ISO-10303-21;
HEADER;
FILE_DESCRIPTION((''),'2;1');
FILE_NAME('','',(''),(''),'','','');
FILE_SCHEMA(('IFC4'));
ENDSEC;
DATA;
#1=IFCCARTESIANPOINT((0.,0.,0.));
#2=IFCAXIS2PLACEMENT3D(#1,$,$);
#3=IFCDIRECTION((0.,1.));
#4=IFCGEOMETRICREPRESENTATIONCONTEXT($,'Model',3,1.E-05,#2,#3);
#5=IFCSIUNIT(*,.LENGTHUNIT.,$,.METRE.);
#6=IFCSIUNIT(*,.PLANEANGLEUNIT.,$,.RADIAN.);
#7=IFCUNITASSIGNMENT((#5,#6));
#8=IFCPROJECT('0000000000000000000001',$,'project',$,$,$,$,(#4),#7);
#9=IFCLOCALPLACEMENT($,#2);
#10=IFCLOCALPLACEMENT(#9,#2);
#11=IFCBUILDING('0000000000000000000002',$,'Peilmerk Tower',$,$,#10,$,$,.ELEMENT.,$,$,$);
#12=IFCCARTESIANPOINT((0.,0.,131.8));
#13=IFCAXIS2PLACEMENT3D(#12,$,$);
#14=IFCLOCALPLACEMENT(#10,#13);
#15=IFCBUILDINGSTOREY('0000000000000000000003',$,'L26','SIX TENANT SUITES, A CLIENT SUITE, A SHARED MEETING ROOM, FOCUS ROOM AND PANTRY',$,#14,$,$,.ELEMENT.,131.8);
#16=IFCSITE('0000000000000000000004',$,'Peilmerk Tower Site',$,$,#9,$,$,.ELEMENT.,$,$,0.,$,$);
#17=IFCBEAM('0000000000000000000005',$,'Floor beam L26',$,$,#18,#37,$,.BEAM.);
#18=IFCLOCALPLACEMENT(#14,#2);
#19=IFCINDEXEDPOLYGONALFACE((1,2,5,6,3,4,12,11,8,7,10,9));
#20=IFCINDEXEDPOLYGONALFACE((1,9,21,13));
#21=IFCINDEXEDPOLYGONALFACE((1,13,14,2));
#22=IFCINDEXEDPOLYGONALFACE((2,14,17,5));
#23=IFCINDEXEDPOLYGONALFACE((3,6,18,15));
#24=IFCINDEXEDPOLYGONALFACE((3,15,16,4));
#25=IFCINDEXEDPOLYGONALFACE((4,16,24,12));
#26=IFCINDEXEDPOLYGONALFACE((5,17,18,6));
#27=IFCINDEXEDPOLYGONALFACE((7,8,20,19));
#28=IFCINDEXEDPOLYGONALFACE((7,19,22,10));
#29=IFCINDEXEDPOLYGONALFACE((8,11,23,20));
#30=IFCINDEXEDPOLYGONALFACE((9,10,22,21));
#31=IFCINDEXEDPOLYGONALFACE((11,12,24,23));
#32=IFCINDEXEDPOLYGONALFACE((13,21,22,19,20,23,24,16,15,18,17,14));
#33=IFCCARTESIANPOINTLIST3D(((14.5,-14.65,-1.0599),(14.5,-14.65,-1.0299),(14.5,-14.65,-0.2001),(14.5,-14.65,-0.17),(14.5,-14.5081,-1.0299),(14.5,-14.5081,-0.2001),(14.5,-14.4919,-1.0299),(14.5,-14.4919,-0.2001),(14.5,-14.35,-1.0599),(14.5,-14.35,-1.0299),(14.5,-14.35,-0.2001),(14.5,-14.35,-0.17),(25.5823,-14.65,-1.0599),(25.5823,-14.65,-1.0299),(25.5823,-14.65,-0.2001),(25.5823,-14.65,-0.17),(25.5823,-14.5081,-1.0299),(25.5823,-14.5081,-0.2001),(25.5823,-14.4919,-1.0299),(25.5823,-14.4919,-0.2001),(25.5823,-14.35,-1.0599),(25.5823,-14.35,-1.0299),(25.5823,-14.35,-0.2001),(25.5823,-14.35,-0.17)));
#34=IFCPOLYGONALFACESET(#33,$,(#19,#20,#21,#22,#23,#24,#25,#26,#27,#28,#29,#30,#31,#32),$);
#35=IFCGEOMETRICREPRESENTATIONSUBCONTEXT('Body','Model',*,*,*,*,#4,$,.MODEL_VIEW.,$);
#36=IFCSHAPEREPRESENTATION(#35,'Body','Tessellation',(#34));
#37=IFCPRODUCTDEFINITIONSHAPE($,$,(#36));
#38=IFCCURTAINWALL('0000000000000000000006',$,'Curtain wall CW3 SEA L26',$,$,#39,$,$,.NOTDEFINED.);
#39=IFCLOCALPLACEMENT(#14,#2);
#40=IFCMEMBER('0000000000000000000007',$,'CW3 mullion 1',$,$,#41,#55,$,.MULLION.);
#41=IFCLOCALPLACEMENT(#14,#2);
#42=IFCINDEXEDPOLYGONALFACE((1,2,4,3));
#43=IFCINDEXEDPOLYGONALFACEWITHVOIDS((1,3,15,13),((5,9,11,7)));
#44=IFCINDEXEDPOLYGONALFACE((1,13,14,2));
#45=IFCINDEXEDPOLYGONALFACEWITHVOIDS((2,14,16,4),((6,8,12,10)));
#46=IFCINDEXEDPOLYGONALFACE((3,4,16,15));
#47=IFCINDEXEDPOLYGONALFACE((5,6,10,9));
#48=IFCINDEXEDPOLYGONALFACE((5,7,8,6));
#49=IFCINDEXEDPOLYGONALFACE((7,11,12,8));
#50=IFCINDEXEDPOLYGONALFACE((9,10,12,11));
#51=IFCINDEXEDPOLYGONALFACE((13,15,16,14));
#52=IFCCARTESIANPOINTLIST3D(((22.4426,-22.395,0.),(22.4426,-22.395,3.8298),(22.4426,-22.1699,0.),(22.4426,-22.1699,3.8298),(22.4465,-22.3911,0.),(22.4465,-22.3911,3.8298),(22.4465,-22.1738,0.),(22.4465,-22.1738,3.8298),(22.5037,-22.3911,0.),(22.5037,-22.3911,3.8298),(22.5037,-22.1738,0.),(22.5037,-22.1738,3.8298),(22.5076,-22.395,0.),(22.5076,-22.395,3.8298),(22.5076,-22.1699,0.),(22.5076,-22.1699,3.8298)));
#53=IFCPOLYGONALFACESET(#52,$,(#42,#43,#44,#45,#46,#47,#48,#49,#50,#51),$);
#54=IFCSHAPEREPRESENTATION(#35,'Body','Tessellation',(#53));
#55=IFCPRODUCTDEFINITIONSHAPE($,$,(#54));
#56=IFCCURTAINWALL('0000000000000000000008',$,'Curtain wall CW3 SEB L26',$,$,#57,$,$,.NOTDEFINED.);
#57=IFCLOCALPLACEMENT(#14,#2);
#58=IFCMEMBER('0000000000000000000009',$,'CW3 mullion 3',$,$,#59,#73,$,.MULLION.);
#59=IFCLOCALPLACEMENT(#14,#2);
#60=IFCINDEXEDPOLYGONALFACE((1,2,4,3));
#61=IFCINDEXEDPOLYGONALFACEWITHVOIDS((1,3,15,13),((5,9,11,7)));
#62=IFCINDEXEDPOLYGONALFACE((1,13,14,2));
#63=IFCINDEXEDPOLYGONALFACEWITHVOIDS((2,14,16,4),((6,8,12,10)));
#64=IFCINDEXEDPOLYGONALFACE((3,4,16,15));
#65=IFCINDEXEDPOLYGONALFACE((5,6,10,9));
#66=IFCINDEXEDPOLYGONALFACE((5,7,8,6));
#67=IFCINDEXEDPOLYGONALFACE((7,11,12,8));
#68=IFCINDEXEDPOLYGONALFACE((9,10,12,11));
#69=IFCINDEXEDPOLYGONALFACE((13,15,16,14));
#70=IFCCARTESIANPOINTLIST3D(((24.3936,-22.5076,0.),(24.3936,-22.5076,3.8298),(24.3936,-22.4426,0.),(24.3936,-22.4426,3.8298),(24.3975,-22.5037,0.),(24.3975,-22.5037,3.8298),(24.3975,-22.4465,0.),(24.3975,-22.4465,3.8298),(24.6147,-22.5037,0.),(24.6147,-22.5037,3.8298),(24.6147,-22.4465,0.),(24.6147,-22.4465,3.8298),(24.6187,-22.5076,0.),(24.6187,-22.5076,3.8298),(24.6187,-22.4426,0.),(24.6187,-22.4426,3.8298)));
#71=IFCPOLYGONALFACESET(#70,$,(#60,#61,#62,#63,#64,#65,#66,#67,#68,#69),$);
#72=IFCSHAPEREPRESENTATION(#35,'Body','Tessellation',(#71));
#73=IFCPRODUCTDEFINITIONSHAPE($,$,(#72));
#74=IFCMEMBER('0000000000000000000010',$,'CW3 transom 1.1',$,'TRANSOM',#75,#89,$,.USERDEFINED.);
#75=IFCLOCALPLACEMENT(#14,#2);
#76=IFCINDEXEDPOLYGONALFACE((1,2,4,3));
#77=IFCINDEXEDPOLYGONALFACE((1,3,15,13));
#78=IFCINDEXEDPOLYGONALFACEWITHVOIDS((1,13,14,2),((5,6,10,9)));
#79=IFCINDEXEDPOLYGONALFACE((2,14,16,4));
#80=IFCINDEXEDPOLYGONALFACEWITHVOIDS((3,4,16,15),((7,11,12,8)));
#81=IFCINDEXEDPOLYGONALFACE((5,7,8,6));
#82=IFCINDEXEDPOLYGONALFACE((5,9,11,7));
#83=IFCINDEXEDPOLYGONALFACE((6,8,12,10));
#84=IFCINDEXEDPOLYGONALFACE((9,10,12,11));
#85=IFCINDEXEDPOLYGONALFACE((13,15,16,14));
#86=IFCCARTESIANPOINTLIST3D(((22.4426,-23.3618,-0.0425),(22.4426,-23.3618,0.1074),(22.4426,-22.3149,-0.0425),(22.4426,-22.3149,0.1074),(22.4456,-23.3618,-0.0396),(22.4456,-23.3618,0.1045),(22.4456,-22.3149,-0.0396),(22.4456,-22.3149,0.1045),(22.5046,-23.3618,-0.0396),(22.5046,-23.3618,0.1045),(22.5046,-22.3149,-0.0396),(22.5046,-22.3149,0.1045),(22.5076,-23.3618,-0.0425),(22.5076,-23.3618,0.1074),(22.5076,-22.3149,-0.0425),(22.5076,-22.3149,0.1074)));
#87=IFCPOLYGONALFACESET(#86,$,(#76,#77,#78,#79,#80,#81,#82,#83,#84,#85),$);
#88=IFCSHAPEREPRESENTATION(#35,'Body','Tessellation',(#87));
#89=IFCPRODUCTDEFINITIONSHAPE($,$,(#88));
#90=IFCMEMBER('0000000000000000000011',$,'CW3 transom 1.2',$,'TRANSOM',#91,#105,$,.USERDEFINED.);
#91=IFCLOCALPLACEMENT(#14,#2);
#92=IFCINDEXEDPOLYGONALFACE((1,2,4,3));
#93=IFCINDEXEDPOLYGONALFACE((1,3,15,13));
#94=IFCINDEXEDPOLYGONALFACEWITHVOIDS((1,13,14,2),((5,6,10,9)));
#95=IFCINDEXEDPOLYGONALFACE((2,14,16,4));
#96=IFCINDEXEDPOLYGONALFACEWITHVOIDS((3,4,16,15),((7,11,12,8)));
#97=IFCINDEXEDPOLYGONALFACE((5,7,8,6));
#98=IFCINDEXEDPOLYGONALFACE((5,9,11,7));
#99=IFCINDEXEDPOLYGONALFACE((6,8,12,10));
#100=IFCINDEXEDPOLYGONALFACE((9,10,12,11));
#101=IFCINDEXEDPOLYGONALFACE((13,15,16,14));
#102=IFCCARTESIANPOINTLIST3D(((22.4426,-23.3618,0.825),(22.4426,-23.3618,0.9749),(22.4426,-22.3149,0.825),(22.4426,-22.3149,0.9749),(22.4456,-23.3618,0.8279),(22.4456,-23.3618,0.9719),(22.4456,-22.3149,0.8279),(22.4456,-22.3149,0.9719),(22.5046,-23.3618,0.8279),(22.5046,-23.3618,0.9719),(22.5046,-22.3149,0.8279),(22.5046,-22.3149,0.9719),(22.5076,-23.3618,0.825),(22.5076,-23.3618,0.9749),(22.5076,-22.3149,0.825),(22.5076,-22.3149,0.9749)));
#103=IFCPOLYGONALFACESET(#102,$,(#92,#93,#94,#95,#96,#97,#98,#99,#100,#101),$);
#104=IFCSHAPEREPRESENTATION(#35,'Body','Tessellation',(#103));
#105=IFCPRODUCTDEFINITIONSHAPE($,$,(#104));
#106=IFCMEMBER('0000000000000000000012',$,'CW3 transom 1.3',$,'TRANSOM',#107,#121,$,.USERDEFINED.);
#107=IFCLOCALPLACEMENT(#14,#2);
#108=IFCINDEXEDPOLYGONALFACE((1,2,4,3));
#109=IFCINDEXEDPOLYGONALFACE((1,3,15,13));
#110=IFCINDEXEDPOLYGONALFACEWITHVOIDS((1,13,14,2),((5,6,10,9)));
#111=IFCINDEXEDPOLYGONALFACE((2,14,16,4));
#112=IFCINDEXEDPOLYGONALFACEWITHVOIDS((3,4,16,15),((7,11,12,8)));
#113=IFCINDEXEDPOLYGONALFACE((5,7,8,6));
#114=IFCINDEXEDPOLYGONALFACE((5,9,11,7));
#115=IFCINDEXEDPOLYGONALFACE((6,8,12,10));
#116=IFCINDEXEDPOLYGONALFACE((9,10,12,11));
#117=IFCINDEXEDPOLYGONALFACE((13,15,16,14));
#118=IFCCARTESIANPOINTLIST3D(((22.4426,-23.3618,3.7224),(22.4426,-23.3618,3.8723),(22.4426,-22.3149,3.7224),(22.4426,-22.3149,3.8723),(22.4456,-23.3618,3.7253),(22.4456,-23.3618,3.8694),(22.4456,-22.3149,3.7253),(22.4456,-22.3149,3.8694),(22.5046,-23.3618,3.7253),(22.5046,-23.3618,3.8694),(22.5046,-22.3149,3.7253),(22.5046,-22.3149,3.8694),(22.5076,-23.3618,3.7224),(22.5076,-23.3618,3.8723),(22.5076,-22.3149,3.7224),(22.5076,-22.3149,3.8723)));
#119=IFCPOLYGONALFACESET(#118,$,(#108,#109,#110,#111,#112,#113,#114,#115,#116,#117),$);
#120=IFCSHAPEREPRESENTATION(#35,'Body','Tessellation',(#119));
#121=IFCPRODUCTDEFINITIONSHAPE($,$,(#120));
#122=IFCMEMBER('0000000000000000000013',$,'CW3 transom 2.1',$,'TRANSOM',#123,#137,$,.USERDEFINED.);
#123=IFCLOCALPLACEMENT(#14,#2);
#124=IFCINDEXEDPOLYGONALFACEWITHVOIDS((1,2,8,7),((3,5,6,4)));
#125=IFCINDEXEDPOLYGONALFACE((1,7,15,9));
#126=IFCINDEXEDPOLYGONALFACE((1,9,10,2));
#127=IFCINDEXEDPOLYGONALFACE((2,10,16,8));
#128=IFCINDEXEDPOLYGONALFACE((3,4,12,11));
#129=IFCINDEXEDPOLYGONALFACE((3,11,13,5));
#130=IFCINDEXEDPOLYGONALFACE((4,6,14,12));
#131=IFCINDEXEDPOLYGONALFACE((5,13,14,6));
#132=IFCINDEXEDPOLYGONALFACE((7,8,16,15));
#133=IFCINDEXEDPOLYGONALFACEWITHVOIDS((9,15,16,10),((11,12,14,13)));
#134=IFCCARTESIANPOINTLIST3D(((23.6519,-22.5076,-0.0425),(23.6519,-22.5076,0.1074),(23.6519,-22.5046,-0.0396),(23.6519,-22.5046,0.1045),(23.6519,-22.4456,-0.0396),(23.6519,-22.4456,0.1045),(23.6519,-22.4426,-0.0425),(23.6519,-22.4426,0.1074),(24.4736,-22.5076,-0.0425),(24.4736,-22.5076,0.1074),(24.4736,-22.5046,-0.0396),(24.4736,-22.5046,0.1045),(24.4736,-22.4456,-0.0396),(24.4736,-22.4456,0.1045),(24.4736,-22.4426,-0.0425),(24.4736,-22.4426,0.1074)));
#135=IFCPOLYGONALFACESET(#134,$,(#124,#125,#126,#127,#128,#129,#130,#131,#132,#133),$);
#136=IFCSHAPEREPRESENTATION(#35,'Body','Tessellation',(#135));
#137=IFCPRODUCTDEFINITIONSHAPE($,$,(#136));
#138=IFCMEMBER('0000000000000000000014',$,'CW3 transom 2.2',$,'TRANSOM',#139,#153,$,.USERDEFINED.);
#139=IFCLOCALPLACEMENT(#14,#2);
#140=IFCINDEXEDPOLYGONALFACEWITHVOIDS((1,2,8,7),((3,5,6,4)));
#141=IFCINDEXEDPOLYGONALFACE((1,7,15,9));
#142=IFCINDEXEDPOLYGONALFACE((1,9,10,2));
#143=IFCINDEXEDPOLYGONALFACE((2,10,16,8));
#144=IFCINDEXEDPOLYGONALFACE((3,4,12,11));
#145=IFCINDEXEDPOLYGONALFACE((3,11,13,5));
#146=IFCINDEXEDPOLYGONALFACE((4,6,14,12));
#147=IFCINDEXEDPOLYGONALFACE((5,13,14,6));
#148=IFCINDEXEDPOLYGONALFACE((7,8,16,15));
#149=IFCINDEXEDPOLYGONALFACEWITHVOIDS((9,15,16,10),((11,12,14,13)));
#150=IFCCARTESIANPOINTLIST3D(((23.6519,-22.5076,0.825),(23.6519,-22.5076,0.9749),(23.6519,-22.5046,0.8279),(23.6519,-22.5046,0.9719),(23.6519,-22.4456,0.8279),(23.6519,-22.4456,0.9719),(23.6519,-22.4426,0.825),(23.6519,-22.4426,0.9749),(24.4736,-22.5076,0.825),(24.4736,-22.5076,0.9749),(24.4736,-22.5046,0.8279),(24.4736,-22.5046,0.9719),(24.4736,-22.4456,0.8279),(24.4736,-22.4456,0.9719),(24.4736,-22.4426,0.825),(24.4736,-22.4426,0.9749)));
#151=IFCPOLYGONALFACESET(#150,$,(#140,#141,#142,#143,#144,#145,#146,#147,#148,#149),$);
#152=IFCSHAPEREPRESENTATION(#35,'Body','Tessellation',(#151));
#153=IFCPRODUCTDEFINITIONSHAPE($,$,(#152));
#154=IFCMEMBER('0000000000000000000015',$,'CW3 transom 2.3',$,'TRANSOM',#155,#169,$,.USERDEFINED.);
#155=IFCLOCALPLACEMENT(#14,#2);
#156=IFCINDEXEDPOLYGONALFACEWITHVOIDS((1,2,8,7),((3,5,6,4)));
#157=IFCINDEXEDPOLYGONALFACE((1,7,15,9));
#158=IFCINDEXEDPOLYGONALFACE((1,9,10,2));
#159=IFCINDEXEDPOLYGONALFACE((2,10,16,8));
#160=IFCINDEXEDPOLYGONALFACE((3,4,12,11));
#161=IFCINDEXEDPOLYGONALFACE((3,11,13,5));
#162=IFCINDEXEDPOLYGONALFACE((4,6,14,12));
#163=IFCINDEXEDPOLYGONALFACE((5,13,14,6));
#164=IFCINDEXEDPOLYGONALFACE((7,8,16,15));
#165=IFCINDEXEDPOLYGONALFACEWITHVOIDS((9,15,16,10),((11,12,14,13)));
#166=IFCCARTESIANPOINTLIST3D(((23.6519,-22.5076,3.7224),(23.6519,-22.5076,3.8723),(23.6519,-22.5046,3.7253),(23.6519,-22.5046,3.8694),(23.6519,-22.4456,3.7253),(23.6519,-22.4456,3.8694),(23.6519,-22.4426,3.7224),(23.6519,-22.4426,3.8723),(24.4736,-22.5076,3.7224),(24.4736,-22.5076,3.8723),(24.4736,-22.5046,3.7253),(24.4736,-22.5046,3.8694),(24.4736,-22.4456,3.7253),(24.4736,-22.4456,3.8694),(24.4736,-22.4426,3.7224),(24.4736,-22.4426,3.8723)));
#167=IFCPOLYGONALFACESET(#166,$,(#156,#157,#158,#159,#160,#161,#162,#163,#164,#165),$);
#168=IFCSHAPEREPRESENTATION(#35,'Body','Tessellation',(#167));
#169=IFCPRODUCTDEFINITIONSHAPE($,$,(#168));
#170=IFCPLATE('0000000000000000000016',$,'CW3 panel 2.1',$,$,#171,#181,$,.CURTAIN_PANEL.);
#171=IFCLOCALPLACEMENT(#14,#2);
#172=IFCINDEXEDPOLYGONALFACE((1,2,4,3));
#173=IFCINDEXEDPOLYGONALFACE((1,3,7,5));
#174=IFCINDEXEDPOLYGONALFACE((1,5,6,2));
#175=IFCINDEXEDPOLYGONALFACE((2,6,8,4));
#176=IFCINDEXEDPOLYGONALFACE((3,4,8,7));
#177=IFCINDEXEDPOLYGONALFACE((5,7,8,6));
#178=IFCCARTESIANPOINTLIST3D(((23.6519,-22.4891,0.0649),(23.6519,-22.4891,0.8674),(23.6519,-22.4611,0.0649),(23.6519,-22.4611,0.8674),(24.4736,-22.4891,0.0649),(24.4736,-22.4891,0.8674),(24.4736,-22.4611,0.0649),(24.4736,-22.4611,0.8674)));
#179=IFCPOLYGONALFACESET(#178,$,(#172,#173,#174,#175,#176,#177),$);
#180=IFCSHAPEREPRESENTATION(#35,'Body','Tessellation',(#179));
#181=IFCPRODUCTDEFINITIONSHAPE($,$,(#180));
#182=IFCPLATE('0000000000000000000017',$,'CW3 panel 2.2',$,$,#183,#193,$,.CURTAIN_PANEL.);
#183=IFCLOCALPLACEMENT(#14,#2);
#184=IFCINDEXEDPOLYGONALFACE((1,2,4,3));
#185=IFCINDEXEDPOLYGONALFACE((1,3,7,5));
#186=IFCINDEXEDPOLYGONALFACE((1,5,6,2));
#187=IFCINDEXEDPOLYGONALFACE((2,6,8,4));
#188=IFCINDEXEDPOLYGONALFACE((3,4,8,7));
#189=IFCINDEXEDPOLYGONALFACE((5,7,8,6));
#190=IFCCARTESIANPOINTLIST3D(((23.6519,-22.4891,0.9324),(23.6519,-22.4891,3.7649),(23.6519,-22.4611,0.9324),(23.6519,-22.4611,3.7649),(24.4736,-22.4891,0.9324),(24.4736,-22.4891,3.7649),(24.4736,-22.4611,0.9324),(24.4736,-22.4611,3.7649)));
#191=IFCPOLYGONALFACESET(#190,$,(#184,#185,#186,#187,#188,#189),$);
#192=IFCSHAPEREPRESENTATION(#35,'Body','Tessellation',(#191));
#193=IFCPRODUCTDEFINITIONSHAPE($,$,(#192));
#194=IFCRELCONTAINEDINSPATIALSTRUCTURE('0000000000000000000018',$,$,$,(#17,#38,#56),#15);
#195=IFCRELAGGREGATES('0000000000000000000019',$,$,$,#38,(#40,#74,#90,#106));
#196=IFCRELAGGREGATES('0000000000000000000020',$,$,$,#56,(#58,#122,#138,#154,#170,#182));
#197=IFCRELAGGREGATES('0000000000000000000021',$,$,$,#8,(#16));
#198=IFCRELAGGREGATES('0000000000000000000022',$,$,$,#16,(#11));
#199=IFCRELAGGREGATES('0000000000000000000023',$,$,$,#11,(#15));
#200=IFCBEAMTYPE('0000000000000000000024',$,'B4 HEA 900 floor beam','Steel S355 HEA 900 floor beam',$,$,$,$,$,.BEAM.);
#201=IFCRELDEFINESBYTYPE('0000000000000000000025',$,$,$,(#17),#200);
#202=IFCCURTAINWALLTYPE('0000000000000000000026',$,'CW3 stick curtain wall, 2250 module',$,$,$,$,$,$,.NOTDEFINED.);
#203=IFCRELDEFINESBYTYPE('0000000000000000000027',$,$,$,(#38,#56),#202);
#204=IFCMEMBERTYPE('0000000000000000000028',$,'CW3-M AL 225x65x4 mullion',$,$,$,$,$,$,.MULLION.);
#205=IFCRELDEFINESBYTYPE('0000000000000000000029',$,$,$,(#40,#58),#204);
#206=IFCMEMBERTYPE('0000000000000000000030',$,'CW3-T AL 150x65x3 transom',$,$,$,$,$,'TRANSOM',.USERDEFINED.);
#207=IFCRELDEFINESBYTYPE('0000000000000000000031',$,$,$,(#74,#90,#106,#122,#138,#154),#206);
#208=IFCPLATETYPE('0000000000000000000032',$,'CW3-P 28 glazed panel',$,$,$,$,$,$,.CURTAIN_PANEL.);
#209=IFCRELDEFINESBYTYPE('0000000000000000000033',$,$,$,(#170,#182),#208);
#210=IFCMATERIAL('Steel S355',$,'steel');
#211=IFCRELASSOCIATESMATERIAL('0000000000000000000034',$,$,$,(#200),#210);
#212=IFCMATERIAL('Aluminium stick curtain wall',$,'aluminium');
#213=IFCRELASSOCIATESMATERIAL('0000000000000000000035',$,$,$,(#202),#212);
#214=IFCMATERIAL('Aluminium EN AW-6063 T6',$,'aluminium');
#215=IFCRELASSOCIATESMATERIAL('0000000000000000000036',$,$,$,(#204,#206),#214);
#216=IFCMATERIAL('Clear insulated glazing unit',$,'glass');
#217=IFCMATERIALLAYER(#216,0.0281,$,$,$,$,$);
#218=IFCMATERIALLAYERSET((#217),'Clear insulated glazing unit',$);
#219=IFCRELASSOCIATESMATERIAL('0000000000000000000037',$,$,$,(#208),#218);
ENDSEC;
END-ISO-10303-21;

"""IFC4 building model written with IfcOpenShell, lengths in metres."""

from ifc_helpers import new_model, si_unit, direction, frame, origin, origin_2d, place, context, subcontext, project, spatial, rectangle, hollow_rectangle, i_section, extrude, material, layer, layer_set, material_profile, profile_set, type_object, element, aggregate, save


model = new_model("IFC4")

# Units and contexts
model_context = context("Model", 3, precision=1e-05, world=origin(), true_north=direction((0.0, 1.0)))
body_context = subcontext(model_context, "Body", "Model", "MODEL_VIEW")
ifc_project = project(units=[si_unit("LENGTHUNIT", "METRE"), si_unit("PLANEANGLEUNIT", "RADIAN")], contexts=[model_context])

# Site, building, storey
site_placement = place(None, origin())
site = spatial("IfcSite", under=ifc_project, at=site_placement, Name="Peilmerk Tower Site", CompositionType="ELEMENT", RefElevation=0.0)
building_placement = place(site_placement, origin())
building = spatial("IfcBuilding", under=site, at=building_placement, Name="Peilmerk Tower", CompositionType="ELEMENT")
storey_placement = place(building_placement, frame((0.0, 0.0, 131.8)))
storey = spatial("IfcBuildingStorey", under=building, at=storey_placement, Name="L26", Description="SIX TENANT SUITES, A CLIENT SUITE, A SHARED MEETING ROOM, FOCUS ROOM AND PANTRY", CompositionType="ELEMENT", Elevation=131.8)

# Beam
ifc_material_1 = material(Name="Steel S355", Category="steel")
ifc_material_profile_1 = material_profile(ifc_material_1, i_section(OverallWidth=0.3, OverallDepth=0.8899, WebThickness=0.0161, FlangeThickness=0.03, at=origin_2d()), Name="HEA 900")
ifc_profile_set_1 = profile_set([ifc_material_profile_1], Name="Steel S355")
beam_type_1 = type_object("IfcBeamType", Name="B4 HEA 900 floor beam", Description="Steel S355 HEA 900 floor beam", PredefinedType="BEAM", material=ifc_profile_set_1)
beam_1_placement = place(storey_placement, frame((14.5, -14.5, -0.615), z_axis=(1.0, 0.0, 0.0), x_axis=(0.0, 1.0, 0.0)))
element("IfcBeam", 1, at=beam_1_placement, inside=storey, type_object=beam_type_1, Name="Floor beam L26", PredefinedType="BEAM", context=body_context, shape_type="SweptSolid", body=[
    extrude(i_section(OverallWidth=0.3, OverallDepth=0.8899, WebThickness=0.0161, FlangeThickness=0.03, at=origin_2d()), origin(), (0.0, 0.0, 1.0), 11.0823),
])

# Curtain walls, members
ifc_material_2 = material(Name="Aluminium stick curtain wall", Category="aluminium")
curtain_wall_type = type_object("IfcCurtainWallType", Name="CW3 stick curtain wall, 2250 module", PredefinedType="NOTDEFINED", material=ifc_material_2)
curtain_wall_1_placement = place(storey_placement, origin())
curtain_wall_1 = element("IfcCurtainWall", 2, at=curtain_wall_1_placement, inside=storey, type_object=curtain_wall_type, Name="Curtain wall CW3 SEA L26", PredefinedType="NOTDEFINED")
ifc_material_3 = material(Name="Aluminium EN AW-6063 T6", Category="aluminium")
ifc_material_profile_2 = material_profile(ifc_material_3, hollow_rectangle(XDim=0.0649, YDim=0.2251, WallThickness=0.0039, at=origin_2d()), Name="AL 225x65x4")
ifc_profile_set_2 = profile_set([ifc_material_profile_2], Name="Aluminium EN AW-6063 T6")
member_type_1 = type_object("IfcMemberType", Name="CW3-M AL 225x65x4 mullion", PredefinedType="MULLION", material=ifc_profile_set_2)
member_1_placement = place(storey_placement, frame((22.4751, -22.2825, 0.0), z_axis=(0.0, 0.0, 1.0), x_axis=(1.0, 0.0, 0.0)))
member_1 = element("IfcMember", 3, at=member_1_placement, type_object=member_type_1, Name="CW3 mullion 1", PredefinedType="MULLION", context=body_context, shape_type="SweptSolid", body=[
    extrude(hollow_rectangle(XDim=0.0649, YDim=0.2251, WallThickness=0.0039, at=origin_2d()), origin(), (0.0, 0.0, 1.0), 3.8298),
])
curtain_wall_2_placement = place(storey_placement, origin())
curtain_wall_2 = element("IfcCurtainWall", 4, at=curtain_wall_2_placement, inside=storey, type_object=curtain_wall_type, Name="Curtain wall CW3 SEB L26", PredefinedType="NOTDEFINED")
member_2_placement = place(storey_placement, frame((24.5061, -22.4751, 0.0), z_axis=(0.0, 0.0, 1.0), x_axis=(0.0, 1.0, 0.0)))
member_2 = element("IfcMember", 5, at=member_2_placement, type_object=member_type_1, Name="CW3 mullion 3", PredefinedType="MULLION", context=body_context, shape_type="SweptSolid", body=[
    extrude(hollow_rectangle(XDim=0.0649, YDim=0.2251, WallThickness=0.0039, at=origin_2d()), origin(), (0.0, 0.0, 1.0), 3.8298),
])

# Members
ifc_material_profile_3 = material_profile(ifc_material_3, hollow_rectangle(XDim=0.0649, YDim=0.1499, WallThickness=0.0029, at=origin_2d()), Name="AL 150x65x3")
ifc_profile_set_3 = profile_set([ifc_material_profile_3], Name="Aluminium EN AW-6063 T6")
member_type_2 = type_object("IfcMemberType", Name="CW3-T AL 150x65x3 transom", ElementType="TRANSOM", PredefinedType="USERDEFINED", material=ifc_profile_set_3)
member_3_placement = place(storey_placement, frame((22.4751, -22.3149, 0.0325), z_axis=(0.0, -1.0, 0.0), x_axis=(1.0, 0.0, 0.0)))
member_3 = element("IfcMember", 6, at=member_3_placement, type_object=member_type_2, Name="CW3 transom 1.1", ObjectType="TRANSOM", PredefinedType="USERDEFINED", context=body_context, shape_type="SweptSolid", body=[
    extrude(hollow_rectangle(XDim=0.0649, YDim=0.1499, WallThickness=0.0029, at=origin_2d()), origin(), (0.0, 0.0, 1.0), 1.0469),
])
member_4_placement = place(storey_placement, frame((22.4751, -22.3149, 0.8999), z_axis=(0.0, -1.0, 0.0), x_axis=(1.0, 0.0, 0.0)))
member_4 = element("IfcMember", 7, at=member_4_placement, type_object=member_type_2, Name="CW3 transom 1.2", ObjectType="TRANSOM", PredefinedType="USERDEFINED", context=body_context, shape_type="SweptSolid", body=[
    extrude(hollow_rectangle(XDim=0.0649, YDim=0.1499, WallThickness=0.0029, at=origin_2d()), origin(), (0.0, 0.0, 1.0), 1.0469),
])
member_5_placement = place(storey_placement, frame((22.4751, -22.3149, 3.7974), z_axis=(0.0, -1.0, 0.0), x_axis=(1.0, 0.0, 0.0)))
member_5 = element("IfcMember", 8, at=member_5_placement, type_object=member_type_2, Name="CW3 transom 1.3", ObjectType="TRANSOM", PredefinedType="USERDEFINED", context=body_context, shape_type="SweptSolid", body=[
    extrude(hollow_rectangle(XDim=0.0649, YDim=0.1499, WallThickness=0.0029, at=origin_2d()), origin(), (0.0, 0.0, 1.0), 1.0469),
])
aggregate(curtain_wall_1, [member_1, member_3, member_4, member_5])
member_6_placement = place(storey_placement, frame((23.6519, -22.4751, 0.0325), z_axis=(1.0, 0.0, 0.0), x_axis=(0.0, 1.0, 0.0)))
member_6 = element("IfcMember", 9, at=member_6_placement, type_object=member_type_2, Name="CW3 transom 2.1", ObjectType="TRANSOM", PredefinedType="USERDEFINED", context=body_context, shape_type="SweptSolid", body=[
    extrude(hollow_rectangle(XDim=0.0649, YDim=0.1499, WallThickness=0.0029, at=origin_2d()), origin(), (0.0, 0.0, 1.0), 0.8218),
])
member_7_placement = place(storey_placement, frame((23.6519, -22.4751, 0.8999), z_axis=(1.0, 0.0, 0.0), x_axis=(0.0, 1.0, 0.0)))
member_7 = element("IfcMember", 10, at=member_7_placement, type_object=member_type_2, Name="CW3 transom 2.2", ObjectType="TRANSOM", PredefinedType="USERDEFINED", context=body_context, shape_type="SweptSolid", body=[
    extrude(hollow_rectangle(XDim=0.0649, YDim=0.1499, WallThickness=0.0029, at=origin_2d()), origin(), (0.0, 0.0, 1.0), 0.8218),
])
member_8_placement = place(storey_placement, frame((23.6519, -22.4751, 3.7974), z_axis=(1.0, 0.0, 0.0), x_axis=(0.0, 1.0, 0.0)))
member_8 = element("IfcMember", 11, at=member_8_placement, type_object=member_type_2, Name="CW3 transom 2.3", ObjectType="TRANSOM", PredefinedType="USERDEFINED", context=body_context, shape_type="SweptSolid", body=[
    extrude(hollow_rectangle(XDim=0.0649, YDim=0.1499, WallThickness=0.0029, at=origin_2d()), origin(), (0.0, 0.0, 1.0), 0.8218),
])

# Plates
ifc_material_4 = material(Name="Clear insulated glazing unit", Category="glass")
ifc_layer_1 = layer(ifc_material_4, 0.0281)
ifc_layer_set_1 = layer_set([ifc_layer_1], Name="Clear insulated glazing unit")
plate_type = type_object("IfcPlateType", Name="CW3-P 28 glazed panel", PredefinedType="CURTAIN_PANEL", material=ifc_layer_set_1)
plate_1_placement = place(storey_placement, frame((24.0627, -22.4751, 0.0649), z_axis=(0.0, 0.0, 1.0), x_axis=(1.0, 0.0, 0.0)))
plate_1 = element("IfcPlate", 12, at=plate_1_placement, type_object=plate_type, Name="CW3 panel 2.1", PredefinedType="CURTAIN_PANEL", context=body_context, shape_type="SweptSolid", body=[
    extrude(rectangle(XDim=0.8218, YDim=0.0281, at=origin_2d()), origin(), (0.0, 0.0, 1.0), 0.8025),
])
plate_2_placement = place(storey_placement, frame((24.0627, -22.4751, 0.9324), z_axis=(0.0, 0.0, 1.0), x_axis=(1.0, 0.0, 0.0)))
plate_2 = element("IfcPlate", 13, at=plate_2_placement, type_object=plate_type, Name="CW3 panel 2.2", PredefinedType="CURTAIN_PANEL", context=body_context, shape_type="SweptSolid", body=[
    extrude(rectangle(XDim=0.8218, YDim=0.0281, at=origin_2d()), origin(), (0.0, 0.0, 1.0), 2.8325),
])
aggregate(curtain_wall_2, [member_2, member_6, member_7, member_8, plate_1, plate_2])

save(model, "model.ifc")
